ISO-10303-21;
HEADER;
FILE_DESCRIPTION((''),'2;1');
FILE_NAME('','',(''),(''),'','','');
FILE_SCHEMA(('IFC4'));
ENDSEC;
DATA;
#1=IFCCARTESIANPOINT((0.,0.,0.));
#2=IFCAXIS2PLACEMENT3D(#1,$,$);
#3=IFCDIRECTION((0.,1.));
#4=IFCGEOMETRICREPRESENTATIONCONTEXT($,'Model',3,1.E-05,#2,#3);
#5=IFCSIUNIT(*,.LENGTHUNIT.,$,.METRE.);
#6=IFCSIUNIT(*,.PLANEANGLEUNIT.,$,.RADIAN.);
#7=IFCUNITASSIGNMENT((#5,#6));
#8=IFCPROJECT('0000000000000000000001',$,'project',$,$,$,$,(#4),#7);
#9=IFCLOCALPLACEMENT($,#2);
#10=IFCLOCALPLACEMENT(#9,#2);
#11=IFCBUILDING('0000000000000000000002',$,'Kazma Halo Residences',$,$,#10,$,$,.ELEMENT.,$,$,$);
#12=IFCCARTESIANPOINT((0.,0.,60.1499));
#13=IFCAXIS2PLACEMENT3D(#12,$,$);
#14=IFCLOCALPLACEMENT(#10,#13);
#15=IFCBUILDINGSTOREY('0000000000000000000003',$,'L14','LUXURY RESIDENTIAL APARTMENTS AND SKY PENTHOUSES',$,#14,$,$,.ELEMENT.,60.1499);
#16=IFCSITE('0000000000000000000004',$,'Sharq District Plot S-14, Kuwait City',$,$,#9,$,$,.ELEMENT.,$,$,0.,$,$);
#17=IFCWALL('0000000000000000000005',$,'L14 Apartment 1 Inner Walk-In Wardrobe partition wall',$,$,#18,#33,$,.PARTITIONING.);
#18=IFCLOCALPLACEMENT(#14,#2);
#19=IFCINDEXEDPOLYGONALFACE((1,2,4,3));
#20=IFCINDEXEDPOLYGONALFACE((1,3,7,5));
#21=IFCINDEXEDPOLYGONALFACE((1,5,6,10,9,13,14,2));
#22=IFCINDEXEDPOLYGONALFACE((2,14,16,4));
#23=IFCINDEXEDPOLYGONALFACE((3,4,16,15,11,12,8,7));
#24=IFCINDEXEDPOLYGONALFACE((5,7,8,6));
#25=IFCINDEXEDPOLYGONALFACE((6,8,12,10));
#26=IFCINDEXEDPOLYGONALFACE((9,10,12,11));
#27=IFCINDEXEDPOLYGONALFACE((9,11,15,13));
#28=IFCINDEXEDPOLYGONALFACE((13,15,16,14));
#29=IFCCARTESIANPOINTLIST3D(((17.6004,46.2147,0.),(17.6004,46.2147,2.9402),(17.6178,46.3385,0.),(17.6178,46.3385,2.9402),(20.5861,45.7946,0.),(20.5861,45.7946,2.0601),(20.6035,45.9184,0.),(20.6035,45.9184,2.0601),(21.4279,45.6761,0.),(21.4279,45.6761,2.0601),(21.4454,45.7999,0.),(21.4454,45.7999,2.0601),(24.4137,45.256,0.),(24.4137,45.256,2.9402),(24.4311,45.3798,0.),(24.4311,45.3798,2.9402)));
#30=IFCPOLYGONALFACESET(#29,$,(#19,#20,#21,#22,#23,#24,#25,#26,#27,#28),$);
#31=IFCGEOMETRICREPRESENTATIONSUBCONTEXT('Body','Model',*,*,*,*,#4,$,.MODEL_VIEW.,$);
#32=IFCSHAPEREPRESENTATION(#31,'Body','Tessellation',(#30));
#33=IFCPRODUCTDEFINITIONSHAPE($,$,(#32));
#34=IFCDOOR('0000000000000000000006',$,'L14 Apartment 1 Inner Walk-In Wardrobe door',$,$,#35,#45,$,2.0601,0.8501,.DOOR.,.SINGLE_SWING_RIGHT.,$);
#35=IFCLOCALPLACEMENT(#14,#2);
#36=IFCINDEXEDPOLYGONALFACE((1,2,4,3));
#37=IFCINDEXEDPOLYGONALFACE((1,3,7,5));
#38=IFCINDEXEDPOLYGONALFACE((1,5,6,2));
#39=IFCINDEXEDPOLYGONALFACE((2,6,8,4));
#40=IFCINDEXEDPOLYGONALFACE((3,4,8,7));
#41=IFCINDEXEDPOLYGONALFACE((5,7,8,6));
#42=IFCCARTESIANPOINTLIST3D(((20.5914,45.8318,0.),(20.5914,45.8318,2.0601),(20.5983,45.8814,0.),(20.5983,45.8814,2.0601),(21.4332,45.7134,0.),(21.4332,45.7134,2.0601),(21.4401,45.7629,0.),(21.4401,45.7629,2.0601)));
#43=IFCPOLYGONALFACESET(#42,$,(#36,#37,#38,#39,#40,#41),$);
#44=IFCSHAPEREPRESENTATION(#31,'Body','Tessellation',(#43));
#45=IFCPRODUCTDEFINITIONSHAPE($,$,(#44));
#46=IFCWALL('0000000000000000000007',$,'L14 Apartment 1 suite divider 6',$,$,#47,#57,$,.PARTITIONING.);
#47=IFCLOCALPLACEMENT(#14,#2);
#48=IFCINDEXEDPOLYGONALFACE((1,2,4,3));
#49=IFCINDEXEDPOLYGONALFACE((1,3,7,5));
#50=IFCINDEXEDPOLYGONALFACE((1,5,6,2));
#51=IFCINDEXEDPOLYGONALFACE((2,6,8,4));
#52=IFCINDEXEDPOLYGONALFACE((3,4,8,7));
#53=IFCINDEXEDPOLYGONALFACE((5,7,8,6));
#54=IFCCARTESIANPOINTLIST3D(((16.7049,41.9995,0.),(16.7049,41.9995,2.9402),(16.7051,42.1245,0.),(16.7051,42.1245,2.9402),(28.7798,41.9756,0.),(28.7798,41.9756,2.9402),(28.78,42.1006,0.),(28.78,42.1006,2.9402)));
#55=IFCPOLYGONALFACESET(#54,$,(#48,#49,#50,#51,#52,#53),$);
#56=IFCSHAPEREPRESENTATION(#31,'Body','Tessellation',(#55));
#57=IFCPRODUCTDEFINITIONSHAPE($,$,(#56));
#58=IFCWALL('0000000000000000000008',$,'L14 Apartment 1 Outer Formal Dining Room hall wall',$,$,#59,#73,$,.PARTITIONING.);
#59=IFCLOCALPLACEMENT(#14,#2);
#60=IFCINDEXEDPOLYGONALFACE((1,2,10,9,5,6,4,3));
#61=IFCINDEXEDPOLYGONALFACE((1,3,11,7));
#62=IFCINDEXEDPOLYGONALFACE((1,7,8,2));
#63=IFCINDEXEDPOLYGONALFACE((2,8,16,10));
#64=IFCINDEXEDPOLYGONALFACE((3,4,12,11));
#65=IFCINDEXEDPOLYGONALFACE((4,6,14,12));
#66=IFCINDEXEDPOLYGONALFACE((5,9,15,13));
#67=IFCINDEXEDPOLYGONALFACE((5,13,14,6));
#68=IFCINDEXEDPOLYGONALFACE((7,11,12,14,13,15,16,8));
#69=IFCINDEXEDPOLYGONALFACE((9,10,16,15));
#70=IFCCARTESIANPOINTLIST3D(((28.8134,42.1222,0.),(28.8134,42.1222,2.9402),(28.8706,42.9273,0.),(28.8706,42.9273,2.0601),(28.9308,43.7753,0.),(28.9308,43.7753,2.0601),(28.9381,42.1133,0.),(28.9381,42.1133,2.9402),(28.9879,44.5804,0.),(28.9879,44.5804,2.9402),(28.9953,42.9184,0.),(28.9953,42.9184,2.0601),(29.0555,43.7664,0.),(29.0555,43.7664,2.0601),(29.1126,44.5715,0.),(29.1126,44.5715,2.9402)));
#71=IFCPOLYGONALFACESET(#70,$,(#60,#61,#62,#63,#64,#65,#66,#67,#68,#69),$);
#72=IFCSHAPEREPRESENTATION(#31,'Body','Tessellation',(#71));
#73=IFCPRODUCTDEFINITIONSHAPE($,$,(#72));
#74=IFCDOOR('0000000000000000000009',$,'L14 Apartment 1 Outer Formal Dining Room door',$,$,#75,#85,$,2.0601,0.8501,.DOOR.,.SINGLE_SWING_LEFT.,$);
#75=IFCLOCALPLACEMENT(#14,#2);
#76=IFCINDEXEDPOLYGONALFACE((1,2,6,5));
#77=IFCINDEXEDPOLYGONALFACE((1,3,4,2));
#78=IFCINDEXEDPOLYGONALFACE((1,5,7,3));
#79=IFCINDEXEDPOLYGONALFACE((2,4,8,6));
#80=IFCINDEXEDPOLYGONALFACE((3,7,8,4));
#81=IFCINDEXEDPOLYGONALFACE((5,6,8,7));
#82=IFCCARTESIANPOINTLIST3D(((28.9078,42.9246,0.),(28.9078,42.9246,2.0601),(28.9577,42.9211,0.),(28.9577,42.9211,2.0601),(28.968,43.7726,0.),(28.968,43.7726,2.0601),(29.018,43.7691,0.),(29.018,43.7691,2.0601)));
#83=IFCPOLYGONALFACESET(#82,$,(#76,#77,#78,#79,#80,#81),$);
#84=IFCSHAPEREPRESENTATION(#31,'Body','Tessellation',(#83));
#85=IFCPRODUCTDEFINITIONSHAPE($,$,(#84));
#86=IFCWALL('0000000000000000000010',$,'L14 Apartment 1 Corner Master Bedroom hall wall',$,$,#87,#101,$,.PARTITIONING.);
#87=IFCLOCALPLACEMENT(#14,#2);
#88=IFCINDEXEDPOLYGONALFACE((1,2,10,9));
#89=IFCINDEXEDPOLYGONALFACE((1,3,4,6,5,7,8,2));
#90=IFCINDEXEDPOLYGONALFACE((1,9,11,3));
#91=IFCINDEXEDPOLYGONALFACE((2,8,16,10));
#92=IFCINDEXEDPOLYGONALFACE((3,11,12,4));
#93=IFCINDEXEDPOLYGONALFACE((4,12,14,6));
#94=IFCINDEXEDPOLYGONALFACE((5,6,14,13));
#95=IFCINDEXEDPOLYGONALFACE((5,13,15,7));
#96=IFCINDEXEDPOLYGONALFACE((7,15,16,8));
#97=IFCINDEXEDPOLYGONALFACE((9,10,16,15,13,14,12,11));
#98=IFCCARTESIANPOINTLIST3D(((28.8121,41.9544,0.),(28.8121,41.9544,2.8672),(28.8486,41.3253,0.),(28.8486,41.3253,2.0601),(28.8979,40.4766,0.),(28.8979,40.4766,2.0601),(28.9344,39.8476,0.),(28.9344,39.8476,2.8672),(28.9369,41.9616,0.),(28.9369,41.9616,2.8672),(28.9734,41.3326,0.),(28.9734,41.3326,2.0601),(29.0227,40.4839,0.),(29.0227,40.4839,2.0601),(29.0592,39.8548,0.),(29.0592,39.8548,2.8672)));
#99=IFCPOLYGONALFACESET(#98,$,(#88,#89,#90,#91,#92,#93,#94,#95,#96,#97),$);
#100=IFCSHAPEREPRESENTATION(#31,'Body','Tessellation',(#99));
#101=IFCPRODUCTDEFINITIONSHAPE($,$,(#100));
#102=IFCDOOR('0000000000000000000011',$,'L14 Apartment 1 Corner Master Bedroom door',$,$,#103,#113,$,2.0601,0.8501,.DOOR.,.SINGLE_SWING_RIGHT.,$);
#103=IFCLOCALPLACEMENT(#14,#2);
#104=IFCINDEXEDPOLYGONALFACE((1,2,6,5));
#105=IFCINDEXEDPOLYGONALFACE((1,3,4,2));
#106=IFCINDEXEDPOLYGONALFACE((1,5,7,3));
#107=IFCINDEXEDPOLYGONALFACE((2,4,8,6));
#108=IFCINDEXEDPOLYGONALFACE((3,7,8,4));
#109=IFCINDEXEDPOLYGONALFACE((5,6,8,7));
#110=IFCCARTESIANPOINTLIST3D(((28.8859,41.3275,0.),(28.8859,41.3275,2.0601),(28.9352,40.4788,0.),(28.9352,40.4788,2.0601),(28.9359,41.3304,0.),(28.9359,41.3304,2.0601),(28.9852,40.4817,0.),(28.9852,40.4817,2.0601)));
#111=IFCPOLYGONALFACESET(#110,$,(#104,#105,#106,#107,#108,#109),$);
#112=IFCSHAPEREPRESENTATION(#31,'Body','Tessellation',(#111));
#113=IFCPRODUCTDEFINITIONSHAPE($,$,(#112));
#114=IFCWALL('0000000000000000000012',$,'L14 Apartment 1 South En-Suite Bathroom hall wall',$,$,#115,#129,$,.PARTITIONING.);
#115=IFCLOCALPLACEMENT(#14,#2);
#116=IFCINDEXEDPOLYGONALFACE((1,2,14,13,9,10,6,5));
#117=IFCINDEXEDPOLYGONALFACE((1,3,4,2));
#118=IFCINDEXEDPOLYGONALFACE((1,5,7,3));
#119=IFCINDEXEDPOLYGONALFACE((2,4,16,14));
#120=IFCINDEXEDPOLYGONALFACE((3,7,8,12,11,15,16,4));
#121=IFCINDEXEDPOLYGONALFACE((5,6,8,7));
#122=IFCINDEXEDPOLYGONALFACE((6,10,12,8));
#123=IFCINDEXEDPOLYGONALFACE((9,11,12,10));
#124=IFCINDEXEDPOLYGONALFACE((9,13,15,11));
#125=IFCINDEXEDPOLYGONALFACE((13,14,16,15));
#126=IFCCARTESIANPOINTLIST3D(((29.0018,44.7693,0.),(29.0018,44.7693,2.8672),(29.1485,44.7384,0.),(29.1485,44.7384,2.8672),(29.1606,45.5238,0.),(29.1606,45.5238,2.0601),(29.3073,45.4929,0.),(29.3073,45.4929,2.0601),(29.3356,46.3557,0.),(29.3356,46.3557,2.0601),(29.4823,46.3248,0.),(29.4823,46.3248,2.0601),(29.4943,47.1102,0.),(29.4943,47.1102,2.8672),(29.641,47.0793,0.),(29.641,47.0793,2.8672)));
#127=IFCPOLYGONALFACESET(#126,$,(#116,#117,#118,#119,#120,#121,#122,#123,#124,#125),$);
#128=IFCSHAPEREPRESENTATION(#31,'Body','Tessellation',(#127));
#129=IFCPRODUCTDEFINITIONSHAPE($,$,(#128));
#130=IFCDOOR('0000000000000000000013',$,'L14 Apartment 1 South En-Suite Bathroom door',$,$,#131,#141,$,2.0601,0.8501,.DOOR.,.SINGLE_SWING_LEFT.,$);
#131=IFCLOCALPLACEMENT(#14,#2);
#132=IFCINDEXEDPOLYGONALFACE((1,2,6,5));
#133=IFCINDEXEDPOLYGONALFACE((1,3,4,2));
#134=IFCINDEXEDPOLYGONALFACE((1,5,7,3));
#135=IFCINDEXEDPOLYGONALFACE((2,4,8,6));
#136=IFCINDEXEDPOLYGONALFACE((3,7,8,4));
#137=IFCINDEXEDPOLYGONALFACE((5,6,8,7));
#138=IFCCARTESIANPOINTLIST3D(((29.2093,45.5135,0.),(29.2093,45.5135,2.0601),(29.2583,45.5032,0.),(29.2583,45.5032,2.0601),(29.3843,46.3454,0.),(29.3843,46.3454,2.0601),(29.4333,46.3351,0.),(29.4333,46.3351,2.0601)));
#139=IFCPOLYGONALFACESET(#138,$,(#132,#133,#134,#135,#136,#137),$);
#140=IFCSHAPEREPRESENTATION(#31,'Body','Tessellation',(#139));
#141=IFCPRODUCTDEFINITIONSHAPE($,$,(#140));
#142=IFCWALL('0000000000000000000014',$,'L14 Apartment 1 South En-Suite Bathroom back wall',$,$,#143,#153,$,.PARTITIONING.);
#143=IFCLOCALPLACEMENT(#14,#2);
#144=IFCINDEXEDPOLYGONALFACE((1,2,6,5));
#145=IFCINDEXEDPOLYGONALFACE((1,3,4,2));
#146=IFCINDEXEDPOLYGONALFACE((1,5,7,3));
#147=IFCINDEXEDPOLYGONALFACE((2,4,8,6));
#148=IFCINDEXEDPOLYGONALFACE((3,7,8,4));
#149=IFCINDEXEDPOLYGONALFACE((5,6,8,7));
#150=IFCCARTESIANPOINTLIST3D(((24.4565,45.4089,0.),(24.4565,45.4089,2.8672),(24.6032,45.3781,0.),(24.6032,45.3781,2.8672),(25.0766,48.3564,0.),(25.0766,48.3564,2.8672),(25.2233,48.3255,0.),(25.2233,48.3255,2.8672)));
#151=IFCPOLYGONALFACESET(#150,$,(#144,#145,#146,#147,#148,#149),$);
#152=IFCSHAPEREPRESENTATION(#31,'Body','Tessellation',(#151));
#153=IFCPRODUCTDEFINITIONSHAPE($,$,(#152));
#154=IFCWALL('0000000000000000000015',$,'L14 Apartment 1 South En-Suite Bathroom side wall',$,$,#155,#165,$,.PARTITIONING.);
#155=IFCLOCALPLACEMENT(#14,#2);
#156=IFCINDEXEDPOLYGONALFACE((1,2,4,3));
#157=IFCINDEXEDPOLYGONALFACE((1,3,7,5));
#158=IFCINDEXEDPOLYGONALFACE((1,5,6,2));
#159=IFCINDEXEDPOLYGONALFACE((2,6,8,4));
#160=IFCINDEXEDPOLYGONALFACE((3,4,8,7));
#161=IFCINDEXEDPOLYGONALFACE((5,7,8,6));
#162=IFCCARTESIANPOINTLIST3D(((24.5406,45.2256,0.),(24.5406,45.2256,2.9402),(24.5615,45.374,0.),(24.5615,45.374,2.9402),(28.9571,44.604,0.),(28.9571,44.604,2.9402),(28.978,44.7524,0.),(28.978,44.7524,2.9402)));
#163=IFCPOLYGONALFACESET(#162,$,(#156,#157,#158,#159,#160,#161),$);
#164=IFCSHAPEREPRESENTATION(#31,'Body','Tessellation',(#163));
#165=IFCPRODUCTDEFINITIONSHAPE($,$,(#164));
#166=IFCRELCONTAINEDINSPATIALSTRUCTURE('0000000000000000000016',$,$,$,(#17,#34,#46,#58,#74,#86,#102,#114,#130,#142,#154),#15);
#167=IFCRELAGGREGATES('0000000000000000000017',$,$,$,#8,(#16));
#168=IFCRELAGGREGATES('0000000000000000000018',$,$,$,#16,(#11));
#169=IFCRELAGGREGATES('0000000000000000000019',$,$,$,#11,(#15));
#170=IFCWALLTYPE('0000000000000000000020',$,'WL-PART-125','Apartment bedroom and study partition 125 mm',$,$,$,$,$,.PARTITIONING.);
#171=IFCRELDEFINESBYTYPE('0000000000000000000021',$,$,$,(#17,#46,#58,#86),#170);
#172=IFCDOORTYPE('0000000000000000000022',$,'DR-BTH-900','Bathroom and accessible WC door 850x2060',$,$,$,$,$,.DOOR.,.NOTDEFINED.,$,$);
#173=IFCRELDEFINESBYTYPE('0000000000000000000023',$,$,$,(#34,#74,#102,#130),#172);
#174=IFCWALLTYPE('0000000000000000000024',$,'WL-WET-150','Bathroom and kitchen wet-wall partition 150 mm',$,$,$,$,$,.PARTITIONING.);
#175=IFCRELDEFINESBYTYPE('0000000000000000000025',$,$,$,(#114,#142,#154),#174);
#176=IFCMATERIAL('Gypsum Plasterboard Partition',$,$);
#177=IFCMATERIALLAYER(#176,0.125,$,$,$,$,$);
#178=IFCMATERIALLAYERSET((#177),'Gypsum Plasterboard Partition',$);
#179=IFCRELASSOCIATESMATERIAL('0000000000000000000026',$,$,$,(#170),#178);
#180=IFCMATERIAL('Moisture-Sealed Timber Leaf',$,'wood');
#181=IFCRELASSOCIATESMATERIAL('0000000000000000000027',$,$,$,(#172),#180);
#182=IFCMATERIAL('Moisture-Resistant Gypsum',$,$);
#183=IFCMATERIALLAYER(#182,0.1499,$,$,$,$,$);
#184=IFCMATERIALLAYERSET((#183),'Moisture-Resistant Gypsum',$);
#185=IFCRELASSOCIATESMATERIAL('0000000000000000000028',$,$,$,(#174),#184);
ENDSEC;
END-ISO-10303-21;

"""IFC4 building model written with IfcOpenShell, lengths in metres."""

from ifc_helpers import new_model, si_unit, direction, frame, frame_2d, origin, place, context, subcontext, project, spatial, rectangle, extrude, material, layer, layer_set, type_object, element, fill, save


model = new_model("IFC4")

# Units and contexts
model_context = context("Model", 3, precision=1e-05, world=origin(), true_north=direction((0.0, 1.0)))
body_context = subcontext(model_context, "Body", "Model", "MODEL_VIEW")
ifc_project = project(units=[si_unit("LENGTHUNIT", "METRE"), si_unit("PLANEANGLEUNIT", "RADIAN")], contexts=[model_context])

# Site, building, storey
site_placement = place(None, origin())
site = spatial("IfcSite", under=ifc_project, at=site_placement, Name="Sharq District Plot S-14, Kuwait City", CompositionType="ELEMENT", RefElevation=0.0)
building_placement = place(site_placement, origin())
building = spatial("IfcBuilding", under=site, at=building_placement, Name="Kazma Halo Residences", CompositionType="ELEMENT")
storey_placement = place(building_placement, frame((0.0, 0.0, 60.1499)))
storey = spatial("IfcBuildingStorey", under=building, at=storey_placement, Name="L14", Description="LUXURY RESIDENTIAL APARTMENTS AND SKY PENTHOUSES", CompositionType="ELEMENT", Elevation=60.1499)

# Shared definitions
ifc_material_1 = material(Name="Gypsum Plasterboard Partition")
ifc_layer_1 = layer(ifc_material_1, 0.125)
ifc_layer_set_1 = layer_set([ifc_layer_1], Name="Gypsum Plasterboard Partition")
wall_type_1 = type_object("IfcWallType", Name="WL-PART-125", Description="Apartment bedroom and study partition 125 mm", PredefinedType="PARTITIONING", material=ifc_layer_set_1)

# Shared definitions
ifc_material_2 = material(Name="Moisture-Sealed Timber Leaf", Category="wood")
door_type = type_object("IfcDoorType", Name="DR-BTH-900", Description="Bathroom and accessible WC door 850x2060", OperationType="NOTDEFINED", PredefinedType="DOOR", material=ifc_material_2)

# Wall, opening, door
wall_1_placement = place(storey_placement, frame((24.4224, 45.3179, 0.0), z_axis=(0.0, 0.0, 1.0), x_axis=(-0.990244, 0.139345, 0.0)))
wall_1 = element("IfcWall", 1, at=wall_1_placement, inside=storey, type_object=wall_type_1, Name="L14 Apartment 1 Inner Walk-In Wardrobe partition wall", PredefinedType="PARTITIONING", context=body_context, shape_type="SweptSolid", body=[
    extrude(rectangle(XDim=6.8804, YDim=0.125, at=frame_2d((3.4402, 0.0))), origin(), (0.0, 0.0, 1.0), 2.9402),
])
opening_1_placement = place(wall_1_placement, frame((3.0151, 0.0, 0.0)))
opening_1 = element("IfcOpeningElement", 2, at=opening_1_placement, cuts=wall_1, PredefinedType="OPENING", context=body_context, shape_type="SweptSolid", body=[
    extrude(rectangle(XDim=0.8501, YDim=2.0601, at=frame_2d((0.425, 1.03))), frame((0.0, 0.0725, 0.0), z_axis=(0.0, -1.0, 0.0), x_axis=(1.0, 0.0, 0.0)), (0.0, 0.0, 1.0), 0.145),
])
door_1_placement = place(opening_1_placement, origin())
door_1 = element("IfcDoor", 3, at=door_1_placement, inside=storey, type_object=door_type, Name="L14 Apartment 1 Inner Walk-In Wardrobe door", OperationType="SINGLE_SWING_RIGHT", OverallHeight=2.0601, OverallWidth=0.8501, PredefinedType="DOOR", context=body_context, shape_type="SweptSolid", body=[
    extrude(rectangle(XDim=0.8501, YDim=2.0601, at=frame_2d((0.425, 1.03))), frame((0.0, 0.0249, 0.0), z_axis=(0.0, -1.0, 0.0), x_axis=(1.0, 0.0, 0.0)), (0.0, 0.0, 1.0), 0.05),
])
fill(opening_1, door_1)

# Wall
wall_2_placement = place(storey_placement, frame((28.78, 42.0381, 0.0), z_axis=(0.0, 0.0, 1.0), x_axis=(-0.999998, 0.001981, 0.0)))
element("IfcWall", 4, at=wall_2_placement, inside=storey, type_object=wall_type_1, Name="L14 Apartment 1 suite divider 6", PredefinedType="PARTITIONING", context=body_context, shape_type="SweptSolid", body=[
    extrude(rectangle(XDim=12.075, YDim=0.125, at=frame_2d((6.0376, 0.0))), origin(), (0.0, 0.0, 1.0), 2.9402),
])

# Walls, openings, doors
wall_3_placement = place(storey_placement, frame((29.0503, 44.5759, 0.0), z_axis=(0.0, 0.0, 1.0), x_axis=(-0.070832, -0.997488, 0.0)))
wall_3 = element("IfcWall", 5, at=wall_3_placement, inside=storey, type_object=wall_type_1, Name="L14 Apartment 1 Outer Formal Dining Room hall wall", PredefinedType="PARTITIONING", context=body_context, shape_type="SweptSolid", body=[
    extrude(rectangle(XDim=2.4644, YDim=0.125, at=frame_2d((1.2322, 0.0))), origin(), (0.0, 0.0, 1.0), 2.9402),
])
opening_2_placement = place(wall_3_placement, frame((0.8071, 0.0, 0.0)))
opening_2 = element("IfcOpeningElement", 6, at=opening_2_placement, cuts=wall_3, PredefinedType="OPENING", context=body_context, shape_type="SweptSolid", body=[
    extrude(rectangle(XDim=0.8501, YDim=2.0601, at=frame_2d((0.425, 1.03))), frame((0.0, 0.0725, 0.0), z_axis=(0.0, -1.0, 0.0), x_axis=(1.0, 0.0, 0.0)), (0.0, 0.0, 1.0), 0.145),
])
door_2_placement = place(opening_2_placement, origin())
door_2 = element("IfcDoor", 7, at=door_2_placement, inside=storey, type_object=door_type, Name="L14 Apartment 1 Outer Formal Dining Room door", OperationType="SINGLE_SWING_LEFT", OverallHeight=2.0601, OverallWidth=0.8501, PredefinedType="DOOR", context=body_context, shape_type="SweptSolid", body=[
    extrude(rectangle(XDim=0.8501, YDim=2.0601, at=frame_2d((0.425, 1.03))), frame((0.0, 0.0249, 0.0), z_axis=(0.0, -1.0, 0.0), x_axis=(1.0, 0.0, 0.0)), (0.0, 0.0, 1.0), 0.05),
])
fill(opening_2, door_2)
wall_4_placement = place(storey_placement, frame((28.8745, 41.958, 0.0), z_axis=(0.0, 0.0, 1.0), x_axis=(0.057962, -0.998319, 0.0)))
wall_4 = element("IfcWall", 8, at=wall_4_placement, inside=storey, type_object=wall_type_1, Name="L14 Apartment 1 Corner Master Bedroom hall wall", PredefinedType="PARTITIONING", context=body_context, shape_type="SweptSolid", body=[
    extrude(rectangle(XDim=2.1104, YDim=0.125, at=frame_2d((1.0552, 0.0))), origin(), (0.0, 0.0, 1.0), 2.8672),
])
opening_3_placement = place(wall_4_placement, frame((0.6301, 0.0, 0.0)))
opening_3 = element("IfcOpeningElement", 9, at=opening_3_placement, cuts=wall_4, PredefinedType="OPENING", context=body_context, shape_type="SweptSolid", body=[
    extrude(rectangle(XDim=0.8501, YDim=2.0601, at=frame_2d((0.425, 1.03))), frame((0.0, 0.0725, 0.0), z_axis=(0.0, -1.0, 0.0), x_axis=(1.0, 0.0, 0.0)), (0.0, 0.0, 1.0), 0.145),
])
door_3_placement = place(opening_3_placement, origin())
door_3 = element("IfcDoor", 10, at=door_3_placement, inside=storey, type_object=door_type, Name="L14 Apartment 1 Corner Master Bedroom door", OperationType="SINGLE_SWING_RIGHT", OverallHeight=2.0601, OverallWidth=0.8501, PredefinedType="DOOR", context=body_context, shape_type="SweptSolid", body=[
    extrude(rectangle(XDim=0.8501, YDim=2.0601, at=frame_2d((0.425, 1.03))), frame((0.0, 0.0249, 0.0), z_axis=(0.0, -1.0, 0.0), x_axis=(1.0, 0.0, 0.0)), (0.0, 0.0, 1.0), 0.05),
])
fill(opening_3, door_3)
ifc_material_3 = material(Name="Moisture-Resistant Gypsum")
ifc_layer_2 = layer(ifc_material_3, 0.1499)
ifc_layer_set_2 = layer_set([ifc_layer_2], Name="Moisture-Resistant Gypsum")
wall_type_2 = type_object("IfcWallType", Name="WL-WET-150", Description="Bathroom and kitchen wet-wall partition 150 mm", PredefinedType="PARTITIONING", material=ifc_layer_set_2)
wall_5_placement = place(storey_placement, frame((29.5676, 47.0947, 0.0), z_axis=(0.0, 0.0, 1.0), x_axis=(-0.205861, -0.978581, 0.0)))
wall_5 = element("IfcWall", 11, at=wall_5_placement, inside=storey, type_object=wall_type_2, Name="L14 Apartment 1 South En-Suite Bathroom hall wall", PredefinedType="PARTITIONING", context=body_context, shape_type="SweptSolid", body=[
    extrude(rectangle(XDim=2.3921, YDim=0.1499, at=frame_2d((1.196, 0.0))), origin(), (0.0, 0.0, 1.0), 2.8672),
])
opening_4_placement = place(wall_5_placement, frame((0.771, 0.0, 0.0)))
opening_4 = element("IfcOpeningElement", 12, at=opening_4_placement, cuts=wall_5, PredefinedType="OPENING", context=body_context, shape_type="SweptSolid", body=[
    extrude(rectangle(XDim=0.8501, YDim=2.0601, at=frame_2d((0.425, 1.03))), frame((0.0, 0.085, 0.0), z_axis=(0.0, -1.0, 0.0), x_axis=(1.0, 0.0, 0.0)), (0.0, 0.0, 1.0), 0.1699),
])
door_4_placement = place(opening_4_placement, origin())
door_4 = element("IfcDoor", 13, at=door_4_placement, inside=storey, type_object=door_type, Name="L14 Apartment 1 South En-Suite Bathroom door", OperationType="SINGLE_SWING_LEFT", OverallHeight=2.0601, OverallWidth=0.8501, PredefinedType="DOOR", context=body_context, shape_type="SweptSolid", body=[
    extrude(rectangle(XDim=0.8501, YDim=2.0601, at=frame_2d((0.425, 1.03))), frame((0.0, 0.0249, 0.0), z_axis=(0.0, -1.0, 0.0), x_axis=(1.0, 0.0, 0.0)), (0.0, 0.0, 1.0), 0.05),
])
fill(opening_4, door_4)

# Walls
wall_6_placement = place(storey_placement, frame((25.1499, 48.3408, 0.0), z_axis=(0.0, 0.0, 1.0), x_axis=(-0.20588, -0.978577, 0.0)))
element("IfcWall", 14, at=wall_6_placement, inside=storey, type_object=wall_type_2, Name="L14 Apartment 1 South En-Suite Bathroom back wall", PredefinedType="PARTITIONING", context=body_context, shape_type="SweptSolid", body=[
    extrude(rectangle(XDim=3.012, YDim=0.1499, at=frame_2d((1.5059, 0.0))), origin(), (0.0, 0.0, 1.0), 2.8672),
])
wall_7_placement = place(storey_placement, frame((28.9675, 44.6782, 0.0), z_axis=(0.0, 0.0, 1.0), x_axis=(-0.990241, 0.139367, 0.0)))
element("IfcWall", 15, at=wall_7_placement, inside=storey, type_object=wall_type_2, Name="L14 Apartment 1 South En-Suite Bathroom side wall", PredefinedType="PARTITIONING", context=body_context, shape_type="SweptSolid", body=[
    extrude(rectangle(XDim=4.46, YDim=0.1499, at=frame_2d((2.23, 0.0))), origin(), (0.0, 0.0, 1.0), 2.9402),
])

save(model, "model.ifc")
